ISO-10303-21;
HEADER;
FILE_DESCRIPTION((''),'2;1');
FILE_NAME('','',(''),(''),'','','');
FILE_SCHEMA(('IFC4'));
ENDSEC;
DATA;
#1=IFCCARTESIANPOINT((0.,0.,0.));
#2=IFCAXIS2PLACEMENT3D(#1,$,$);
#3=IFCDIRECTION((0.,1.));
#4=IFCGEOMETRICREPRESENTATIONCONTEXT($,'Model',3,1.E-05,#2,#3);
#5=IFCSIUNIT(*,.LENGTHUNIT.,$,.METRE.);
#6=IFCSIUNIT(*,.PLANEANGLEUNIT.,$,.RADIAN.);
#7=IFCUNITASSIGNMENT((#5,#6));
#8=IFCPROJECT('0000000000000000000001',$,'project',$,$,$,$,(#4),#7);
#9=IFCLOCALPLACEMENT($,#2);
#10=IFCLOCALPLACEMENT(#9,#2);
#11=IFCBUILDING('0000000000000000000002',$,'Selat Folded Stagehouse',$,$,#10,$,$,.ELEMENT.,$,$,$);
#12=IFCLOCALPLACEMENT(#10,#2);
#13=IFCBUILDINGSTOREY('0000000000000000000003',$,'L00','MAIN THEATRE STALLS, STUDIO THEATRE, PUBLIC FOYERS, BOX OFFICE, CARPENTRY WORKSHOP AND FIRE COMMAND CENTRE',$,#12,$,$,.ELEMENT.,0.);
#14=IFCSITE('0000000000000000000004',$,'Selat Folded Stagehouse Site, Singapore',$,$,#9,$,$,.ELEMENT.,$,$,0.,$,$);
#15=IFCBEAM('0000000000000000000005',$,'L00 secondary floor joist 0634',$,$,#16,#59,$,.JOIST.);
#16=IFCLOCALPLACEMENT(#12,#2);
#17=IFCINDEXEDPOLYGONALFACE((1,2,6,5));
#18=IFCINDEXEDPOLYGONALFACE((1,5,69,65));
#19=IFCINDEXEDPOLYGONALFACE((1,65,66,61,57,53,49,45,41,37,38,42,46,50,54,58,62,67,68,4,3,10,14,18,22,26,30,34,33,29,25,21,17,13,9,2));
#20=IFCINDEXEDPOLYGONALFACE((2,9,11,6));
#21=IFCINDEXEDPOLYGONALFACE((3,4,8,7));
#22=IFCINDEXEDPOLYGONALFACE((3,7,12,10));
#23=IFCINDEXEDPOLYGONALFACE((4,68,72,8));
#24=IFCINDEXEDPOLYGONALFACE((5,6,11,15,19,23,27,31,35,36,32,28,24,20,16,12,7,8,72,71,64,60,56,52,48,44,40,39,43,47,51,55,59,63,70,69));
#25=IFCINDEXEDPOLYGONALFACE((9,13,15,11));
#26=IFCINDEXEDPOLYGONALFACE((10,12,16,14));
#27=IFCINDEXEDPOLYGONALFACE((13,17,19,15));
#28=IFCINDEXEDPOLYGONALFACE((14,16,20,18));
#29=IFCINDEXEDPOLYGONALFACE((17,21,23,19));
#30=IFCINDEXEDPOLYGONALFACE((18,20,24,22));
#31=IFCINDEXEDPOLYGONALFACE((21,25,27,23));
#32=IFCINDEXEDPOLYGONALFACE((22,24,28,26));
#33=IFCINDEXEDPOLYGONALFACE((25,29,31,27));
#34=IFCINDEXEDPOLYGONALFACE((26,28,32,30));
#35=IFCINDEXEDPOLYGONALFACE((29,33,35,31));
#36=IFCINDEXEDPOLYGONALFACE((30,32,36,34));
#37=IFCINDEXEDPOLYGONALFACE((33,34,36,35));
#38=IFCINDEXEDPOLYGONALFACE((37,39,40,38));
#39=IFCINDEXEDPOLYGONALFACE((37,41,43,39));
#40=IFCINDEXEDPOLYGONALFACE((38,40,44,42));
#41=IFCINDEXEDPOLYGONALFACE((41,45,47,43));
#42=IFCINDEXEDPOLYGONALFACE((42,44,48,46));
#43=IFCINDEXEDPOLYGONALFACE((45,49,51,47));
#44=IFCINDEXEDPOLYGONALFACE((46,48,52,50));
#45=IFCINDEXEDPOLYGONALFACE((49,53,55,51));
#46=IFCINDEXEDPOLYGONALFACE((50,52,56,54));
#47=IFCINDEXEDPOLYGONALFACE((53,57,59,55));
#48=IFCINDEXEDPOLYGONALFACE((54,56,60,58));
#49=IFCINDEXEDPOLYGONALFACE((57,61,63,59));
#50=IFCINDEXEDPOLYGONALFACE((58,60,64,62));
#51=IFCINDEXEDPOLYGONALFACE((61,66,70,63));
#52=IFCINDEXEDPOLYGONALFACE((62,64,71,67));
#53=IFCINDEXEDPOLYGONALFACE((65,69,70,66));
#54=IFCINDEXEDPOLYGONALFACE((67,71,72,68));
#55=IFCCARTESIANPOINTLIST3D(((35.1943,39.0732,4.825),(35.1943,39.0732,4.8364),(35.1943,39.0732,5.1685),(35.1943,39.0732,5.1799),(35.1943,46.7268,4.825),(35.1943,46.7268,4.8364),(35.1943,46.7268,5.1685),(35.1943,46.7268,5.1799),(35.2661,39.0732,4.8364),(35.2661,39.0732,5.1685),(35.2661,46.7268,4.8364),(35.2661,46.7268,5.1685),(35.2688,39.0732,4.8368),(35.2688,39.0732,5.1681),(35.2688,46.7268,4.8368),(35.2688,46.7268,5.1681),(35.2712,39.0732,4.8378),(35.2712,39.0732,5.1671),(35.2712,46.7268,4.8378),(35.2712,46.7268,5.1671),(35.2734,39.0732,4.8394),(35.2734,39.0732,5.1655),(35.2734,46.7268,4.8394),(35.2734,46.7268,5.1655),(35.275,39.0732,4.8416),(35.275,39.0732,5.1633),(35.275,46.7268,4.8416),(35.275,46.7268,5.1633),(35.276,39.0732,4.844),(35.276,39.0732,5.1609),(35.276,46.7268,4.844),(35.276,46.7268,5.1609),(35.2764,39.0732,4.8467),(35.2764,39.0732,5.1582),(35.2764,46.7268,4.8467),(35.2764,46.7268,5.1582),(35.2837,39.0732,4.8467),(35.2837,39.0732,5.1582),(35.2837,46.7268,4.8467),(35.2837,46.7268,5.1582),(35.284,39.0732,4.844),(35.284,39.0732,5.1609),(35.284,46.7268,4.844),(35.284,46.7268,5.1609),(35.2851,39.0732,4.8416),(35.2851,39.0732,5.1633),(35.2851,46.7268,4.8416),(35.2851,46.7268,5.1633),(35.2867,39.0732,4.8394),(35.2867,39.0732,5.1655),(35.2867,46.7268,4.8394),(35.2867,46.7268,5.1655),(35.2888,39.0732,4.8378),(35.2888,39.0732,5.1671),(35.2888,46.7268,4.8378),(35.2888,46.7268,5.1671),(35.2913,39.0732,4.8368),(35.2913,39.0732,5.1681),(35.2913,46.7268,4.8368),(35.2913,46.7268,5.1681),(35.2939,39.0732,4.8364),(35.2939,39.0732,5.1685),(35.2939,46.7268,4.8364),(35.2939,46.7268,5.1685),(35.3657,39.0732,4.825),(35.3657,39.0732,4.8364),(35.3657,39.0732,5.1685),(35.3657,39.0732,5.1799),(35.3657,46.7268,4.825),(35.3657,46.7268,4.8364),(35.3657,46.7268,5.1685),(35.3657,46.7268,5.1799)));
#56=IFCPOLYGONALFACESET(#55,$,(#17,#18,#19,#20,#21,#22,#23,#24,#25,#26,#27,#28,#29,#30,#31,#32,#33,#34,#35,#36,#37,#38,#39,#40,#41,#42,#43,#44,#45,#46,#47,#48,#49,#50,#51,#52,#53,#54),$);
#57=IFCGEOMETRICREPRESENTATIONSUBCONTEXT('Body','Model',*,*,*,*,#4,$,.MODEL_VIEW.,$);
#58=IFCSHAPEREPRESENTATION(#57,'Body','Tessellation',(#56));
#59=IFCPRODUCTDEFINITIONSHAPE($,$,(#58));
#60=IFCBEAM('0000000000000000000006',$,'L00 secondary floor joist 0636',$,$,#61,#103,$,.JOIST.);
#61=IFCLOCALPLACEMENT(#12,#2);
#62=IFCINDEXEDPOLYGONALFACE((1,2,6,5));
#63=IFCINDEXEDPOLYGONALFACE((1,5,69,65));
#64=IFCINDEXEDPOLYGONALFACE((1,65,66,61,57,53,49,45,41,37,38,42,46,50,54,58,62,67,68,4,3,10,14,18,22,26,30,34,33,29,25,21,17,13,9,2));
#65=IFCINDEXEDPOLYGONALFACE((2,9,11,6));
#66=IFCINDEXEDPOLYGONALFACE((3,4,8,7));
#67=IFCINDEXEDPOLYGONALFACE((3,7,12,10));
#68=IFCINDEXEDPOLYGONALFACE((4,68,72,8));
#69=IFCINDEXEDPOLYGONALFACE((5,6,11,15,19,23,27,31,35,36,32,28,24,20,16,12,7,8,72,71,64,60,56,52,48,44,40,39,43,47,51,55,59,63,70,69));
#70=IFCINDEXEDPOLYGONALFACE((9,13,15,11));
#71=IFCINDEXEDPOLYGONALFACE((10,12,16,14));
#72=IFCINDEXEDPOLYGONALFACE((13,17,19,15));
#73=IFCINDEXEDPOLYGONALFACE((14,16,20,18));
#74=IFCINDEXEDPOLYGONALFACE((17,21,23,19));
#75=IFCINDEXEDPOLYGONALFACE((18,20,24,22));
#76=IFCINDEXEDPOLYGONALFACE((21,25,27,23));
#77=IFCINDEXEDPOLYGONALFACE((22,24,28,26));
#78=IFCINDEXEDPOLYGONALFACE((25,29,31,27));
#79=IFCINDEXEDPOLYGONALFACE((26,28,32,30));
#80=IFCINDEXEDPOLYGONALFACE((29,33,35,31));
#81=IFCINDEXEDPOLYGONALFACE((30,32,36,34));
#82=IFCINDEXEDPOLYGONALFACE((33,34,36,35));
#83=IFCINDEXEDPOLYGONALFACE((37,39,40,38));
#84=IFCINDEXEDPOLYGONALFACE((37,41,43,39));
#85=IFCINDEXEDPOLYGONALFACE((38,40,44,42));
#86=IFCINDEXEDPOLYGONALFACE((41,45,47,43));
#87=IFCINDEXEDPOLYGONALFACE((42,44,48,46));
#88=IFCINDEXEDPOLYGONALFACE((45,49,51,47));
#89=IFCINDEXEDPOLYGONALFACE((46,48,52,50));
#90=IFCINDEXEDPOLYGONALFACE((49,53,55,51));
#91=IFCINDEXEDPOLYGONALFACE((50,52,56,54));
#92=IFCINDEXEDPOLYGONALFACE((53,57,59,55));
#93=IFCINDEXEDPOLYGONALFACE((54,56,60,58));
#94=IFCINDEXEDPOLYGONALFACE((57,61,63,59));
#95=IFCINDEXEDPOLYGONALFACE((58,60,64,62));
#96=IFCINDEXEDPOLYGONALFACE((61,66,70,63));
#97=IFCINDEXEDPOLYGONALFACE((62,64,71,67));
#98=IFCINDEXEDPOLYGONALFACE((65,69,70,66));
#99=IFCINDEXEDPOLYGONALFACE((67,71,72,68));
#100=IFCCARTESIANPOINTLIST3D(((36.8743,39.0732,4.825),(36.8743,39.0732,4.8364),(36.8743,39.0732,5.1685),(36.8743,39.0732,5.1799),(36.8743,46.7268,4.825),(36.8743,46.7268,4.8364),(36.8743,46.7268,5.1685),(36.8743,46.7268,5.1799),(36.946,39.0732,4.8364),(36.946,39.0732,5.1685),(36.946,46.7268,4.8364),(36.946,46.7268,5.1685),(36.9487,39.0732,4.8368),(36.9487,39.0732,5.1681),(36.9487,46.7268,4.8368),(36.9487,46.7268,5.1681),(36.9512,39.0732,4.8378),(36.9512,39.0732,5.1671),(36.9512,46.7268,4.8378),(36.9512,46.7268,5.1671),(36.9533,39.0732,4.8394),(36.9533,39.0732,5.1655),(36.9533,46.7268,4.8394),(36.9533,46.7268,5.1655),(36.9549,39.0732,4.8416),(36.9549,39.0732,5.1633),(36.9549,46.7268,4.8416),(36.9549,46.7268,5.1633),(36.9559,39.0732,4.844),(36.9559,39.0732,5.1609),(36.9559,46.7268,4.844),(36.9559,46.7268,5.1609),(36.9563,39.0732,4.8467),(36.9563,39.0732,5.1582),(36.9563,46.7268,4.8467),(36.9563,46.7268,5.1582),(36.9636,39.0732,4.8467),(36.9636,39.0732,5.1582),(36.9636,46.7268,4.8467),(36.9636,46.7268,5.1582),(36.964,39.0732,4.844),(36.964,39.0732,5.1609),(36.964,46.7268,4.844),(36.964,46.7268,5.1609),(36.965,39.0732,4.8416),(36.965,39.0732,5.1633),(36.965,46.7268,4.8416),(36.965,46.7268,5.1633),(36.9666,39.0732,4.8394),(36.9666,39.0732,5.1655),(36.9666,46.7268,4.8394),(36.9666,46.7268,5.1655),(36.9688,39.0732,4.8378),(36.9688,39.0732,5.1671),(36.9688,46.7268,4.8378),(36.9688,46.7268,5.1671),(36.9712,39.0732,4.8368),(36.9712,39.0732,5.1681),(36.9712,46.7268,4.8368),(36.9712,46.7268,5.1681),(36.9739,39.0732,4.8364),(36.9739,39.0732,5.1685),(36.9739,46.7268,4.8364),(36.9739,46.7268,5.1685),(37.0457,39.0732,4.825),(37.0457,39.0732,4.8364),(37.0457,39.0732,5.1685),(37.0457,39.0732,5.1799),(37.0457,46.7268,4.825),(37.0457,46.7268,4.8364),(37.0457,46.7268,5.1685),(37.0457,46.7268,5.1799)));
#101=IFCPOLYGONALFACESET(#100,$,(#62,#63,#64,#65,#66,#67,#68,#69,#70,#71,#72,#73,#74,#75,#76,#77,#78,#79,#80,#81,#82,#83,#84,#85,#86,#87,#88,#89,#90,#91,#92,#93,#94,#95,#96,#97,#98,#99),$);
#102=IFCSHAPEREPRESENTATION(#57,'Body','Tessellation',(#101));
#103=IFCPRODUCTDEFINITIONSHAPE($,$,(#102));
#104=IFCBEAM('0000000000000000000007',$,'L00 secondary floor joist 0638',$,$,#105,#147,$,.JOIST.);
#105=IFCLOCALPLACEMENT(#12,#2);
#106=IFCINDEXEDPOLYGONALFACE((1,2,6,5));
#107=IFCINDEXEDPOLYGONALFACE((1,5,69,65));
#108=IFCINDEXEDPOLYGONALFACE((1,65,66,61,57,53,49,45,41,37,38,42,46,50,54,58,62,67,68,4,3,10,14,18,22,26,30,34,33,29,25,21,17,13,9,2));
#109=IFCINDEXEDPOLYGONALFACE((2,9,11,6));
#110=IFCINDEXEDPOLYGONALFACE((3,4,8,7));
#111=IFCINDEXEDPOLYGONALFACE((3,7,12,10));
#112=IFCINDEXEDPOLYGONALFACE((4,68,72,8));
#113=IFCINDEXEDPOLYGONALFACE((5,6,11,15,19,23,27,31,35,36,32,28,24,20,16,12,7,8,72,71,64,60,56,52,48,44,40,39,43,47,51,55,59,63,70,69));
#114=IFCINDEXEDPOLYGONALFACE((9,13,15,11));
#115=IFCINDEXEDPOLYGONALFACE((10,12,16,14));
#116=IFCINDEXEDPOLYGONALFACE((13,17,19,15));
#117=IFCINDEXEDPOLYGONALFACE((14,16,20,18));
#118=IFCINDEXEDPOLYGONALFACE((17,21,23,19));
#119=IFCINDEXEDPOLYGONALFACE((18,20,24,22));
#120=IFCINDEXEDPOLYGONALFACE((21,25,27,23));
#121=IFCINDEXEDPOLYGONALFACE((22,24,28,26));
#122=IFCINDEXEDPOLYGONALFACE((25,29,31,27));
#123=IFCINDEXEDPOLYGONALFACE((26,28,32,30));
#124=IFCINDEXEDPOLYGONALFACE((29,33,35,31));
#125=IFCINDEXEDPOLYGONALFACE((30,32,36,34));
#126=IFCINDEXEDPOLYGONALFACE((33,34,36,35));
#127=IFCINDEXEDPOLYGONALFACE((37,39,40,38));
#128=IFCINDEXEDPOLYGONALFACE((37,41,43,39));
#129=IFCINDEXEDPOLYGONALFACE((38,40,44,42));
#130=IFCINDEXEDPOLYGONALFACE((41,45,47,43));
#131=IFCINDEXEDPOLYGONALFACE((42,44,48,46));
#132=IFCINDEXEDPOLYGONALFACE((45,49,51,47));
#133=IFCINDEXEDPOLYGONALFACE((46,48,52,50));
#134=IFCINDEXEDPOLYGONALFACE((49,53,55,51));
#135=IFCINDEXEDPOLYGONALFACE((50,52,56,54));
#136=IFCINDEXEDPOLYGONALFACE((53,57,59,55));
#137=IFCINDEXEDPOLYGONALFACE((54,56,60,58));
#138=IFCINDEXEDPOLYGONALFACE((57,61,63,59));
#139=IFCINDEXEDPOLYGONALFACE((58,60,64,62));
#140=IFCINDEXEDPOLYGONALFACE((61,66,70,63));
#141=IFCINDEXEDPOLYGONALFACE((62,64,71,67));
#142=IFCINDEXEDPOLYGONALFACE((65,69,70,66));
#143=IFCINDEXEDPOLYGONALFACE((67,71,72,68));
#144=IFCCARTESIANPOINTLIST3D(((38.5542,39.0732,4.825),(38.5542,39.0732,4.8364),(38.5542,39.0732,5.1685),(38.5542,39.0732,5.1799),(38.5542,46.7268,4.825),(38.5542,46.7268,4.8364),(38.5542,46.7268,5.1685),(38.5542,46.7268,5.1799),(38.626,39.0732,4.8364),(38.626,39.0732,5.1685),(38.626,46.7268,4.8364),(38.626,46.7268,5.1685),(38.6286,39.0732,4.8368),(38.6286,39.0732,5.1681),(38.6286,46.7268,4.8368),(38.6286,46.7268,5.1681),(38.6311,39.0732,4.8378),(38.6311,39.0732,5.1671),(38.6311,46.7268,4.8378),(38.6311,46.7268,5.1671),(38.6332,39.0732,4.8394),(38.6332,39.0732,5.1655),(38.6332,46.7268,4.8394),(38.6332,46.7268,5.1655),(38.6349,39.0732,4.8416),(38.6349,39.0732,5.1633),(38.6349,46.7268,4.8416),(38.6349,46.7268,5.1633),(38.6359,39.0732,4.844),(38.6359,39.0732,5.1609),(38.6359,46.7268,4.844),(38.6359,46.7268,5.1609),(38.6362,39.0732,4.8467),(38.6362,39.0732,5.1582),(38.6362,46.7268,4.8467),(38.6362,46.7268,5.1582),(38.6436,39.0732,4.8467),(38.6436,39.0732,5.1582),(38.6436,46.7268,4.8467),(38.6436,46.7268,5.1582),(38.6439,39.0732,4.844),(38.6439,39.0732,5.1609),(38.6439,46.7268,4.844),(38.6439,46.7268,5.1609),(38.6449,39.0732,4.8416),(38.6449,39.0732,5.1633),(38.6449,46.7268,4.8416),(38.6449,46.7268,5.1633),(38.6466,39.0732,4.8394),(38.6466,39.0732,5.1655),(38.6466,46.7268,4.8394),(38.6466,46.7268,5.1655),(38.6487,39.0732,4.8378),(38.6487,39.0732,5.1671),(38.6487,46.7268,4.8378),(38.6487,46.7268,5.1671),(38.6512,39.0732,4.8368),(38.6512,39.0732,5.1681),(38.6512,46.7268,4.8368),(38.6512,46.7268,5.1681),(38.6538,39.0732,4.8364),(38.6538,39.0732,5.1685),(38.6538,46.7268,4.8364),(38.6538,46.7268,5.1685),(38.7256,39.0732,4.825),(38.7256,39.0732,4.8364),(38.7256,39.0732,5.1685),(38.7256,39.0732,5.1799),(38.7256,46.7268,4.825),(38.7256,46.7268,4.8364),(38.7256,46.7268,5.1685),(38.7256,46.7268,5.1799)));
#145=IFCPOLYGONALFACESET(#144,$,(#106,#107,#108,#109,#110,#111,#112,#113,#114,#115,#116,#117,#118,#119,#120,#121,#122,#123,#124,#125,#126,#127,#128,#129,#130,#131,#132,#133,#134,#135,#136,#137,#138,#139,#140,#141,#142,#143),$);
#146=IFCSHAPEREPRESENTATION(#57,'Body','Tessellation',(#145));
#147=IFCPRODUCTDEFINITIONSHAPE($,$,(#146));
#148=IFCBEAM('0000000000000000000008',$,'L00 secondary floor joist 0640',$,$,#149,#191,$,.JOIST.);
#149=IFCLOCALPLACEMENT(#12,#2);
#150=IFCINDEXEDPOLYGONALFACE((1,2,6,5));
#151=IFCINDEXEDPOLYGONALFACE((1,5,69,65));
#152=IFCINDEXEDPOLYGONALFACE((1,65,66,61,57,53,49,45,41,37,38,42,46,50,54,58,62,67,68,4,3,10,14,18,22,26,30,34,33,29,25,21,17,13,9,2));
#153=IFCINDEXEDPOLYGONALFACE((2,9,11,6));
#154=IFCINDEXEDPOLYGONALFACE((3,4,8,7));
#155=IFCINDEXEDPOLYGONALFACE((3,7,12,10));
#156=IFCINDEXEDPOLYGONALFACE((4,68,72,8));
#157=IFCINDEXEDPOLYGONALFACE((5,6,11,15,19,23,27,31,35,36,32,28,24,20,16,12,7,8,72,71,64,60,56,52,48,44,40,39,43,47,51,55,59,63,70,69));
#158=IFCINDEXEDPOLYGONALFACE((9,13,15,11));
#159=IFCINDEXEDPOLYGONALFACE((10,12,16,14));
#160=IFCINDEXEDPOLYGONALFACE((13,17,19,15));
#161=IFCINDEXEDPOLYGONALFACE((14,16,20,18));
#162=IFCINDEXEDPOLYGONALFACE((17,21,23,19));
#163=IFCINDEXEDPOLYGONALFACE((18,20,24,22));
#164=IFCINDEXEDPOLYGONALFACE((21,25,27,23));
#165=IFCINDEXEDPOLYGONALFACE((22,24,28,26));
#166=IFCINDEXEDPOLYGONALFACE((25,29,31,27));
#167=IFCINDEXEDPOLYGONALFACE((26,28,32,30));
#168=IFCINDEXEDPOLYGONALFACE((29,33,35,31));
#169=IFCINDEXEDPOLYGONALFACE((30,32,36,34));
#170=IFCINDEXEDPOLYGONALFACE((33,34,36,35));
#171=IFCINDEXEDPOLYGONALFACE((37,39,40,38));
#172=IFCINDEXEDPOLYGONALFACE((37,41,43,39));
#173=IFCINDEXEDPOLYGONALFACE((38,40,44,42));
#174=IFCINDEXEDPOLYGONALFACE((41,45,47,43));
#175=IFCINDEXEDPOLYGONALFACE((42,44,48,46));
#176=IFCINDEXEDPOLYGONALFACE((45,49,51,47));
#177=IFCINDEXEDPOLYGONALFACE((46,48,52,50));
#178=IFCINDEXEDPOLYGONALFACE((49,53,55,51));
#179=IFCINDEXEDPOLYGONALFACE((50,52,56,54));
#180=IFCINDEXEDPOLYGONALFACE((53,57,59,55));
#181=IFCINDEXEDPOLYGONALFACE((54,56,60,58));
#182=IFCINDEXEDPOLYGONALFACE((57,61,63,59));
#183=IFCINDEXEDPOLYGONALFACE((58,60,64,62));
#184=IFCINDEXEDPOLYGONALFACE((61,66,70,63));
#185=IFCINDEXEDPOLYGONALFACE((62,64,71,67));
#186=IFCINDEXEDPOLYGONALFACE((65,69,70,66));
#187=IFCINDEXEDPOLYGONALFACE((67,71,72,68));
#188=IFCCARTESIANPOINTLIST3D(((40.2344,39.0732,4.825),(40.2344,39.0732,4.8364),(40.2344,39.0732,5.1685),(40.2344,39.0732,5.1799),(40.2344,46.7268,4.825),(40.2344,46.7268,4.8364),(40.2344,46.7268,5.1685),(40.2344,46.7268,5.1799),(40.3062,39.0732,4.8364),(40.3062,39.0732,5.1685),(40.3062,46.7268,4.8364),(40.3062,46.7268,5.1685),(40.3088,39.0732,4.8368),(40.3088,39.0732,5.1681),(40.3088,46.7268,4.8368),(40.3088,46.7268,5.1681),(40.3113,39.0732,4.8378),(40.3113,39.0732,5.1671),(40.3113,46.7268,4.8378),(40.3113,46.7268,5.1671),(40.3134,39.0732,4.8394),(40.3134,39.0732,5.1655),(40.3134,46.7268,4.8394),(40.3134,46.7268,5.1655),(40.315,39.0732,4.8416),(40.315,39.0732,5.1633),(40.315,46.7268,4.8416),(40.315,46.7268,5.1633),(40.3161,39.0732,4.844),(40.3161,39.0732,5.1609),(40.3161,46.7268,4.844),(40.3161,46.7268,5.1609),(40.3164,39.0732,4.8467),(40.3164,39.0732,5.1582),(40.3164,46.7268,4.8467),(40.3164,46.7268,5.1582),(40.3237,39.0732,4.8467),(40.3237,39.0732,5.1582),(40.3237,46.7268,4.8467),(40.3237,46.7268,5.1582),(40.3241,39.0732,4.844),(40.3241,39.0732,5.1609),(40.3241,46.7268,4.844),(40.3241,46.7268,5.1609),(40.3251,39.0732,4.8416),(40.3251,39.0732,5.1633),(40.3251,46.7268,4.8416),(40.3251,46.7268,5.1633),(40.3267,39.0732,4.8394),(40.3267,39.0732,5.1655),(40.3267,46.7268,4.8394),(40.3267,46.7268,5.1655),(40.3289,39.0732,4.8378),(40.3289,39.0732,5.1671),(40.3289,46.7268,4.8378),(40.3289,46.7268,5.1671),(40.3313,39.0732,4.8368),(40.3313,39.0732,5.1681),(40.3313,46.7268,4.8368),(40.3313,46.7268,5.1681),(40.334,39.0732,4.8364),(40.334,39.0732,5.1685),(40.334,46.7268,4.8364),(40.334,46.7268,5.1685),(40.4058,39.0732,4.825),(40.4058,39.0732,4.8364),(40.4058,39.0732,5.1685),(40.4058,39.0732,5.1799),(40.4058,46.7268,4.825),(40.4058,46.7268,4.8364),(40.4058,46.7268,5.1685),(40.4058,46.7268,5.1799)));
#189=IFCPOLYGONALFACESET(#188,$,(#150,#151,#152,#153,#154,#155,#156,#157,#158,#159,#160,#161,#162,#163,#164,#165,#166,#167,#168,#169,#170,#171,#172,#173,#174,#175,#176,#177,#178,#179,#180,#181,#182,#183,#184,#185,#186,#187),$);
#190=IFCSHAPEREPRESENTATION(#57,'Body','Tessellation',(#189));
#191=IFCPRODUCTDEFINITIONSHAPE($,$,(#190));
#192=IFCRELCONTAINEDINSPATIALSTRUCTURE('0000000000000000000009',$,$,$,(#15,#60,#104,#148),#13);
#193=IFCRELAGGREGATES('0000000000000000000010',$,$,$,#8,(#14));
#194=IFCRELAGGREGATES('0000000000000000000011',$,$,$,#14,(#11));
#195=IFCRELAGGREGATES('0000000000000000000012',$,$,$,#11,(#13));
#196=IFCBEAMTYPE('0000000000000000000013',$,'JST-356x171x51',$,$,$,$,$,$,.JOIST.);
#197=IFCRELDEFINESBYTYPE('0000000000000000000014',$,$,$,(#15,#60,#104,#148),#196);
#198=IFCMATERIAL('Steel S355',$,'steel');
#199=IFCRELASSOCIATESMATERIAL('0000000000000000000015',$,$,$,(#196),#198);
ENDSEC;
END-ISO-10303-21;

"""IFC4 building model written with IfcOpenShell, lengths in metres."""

from ifc_helpers import new_model, si_unit, direction, frame, origin, origin_2d, place, context, subcontext, project, spatial, i_section, extrude, material, material_profile, profile_set, type_object, element, save


model = new_model("IFC4")

# Units and contexts
model_context = context("Model", 3, precision=1e-05, world=origin(), true_north=direction((0.0, 1.0)))
body_context = subcontext(model_context, "Body", "Model", "MODEL_VIEW")
ifc_project = project(units=[si_unit("LENGTHUNIT", "METRE"), si_unit("PLANEANGLEUNIT", "RADIAN")], contexts=[model_context])

# Site, building, storey
site_placement = place(None, origin())
site = spatial("IfcSite", under=ifc_project, at=site_placement, Name="Selat Folded Stagehouse Site, Singapore", CompositionType="ELEMENT", RefElevation=0.0)
building_placement = place(site_placement, origin())
building = spatial("IfcBuilding", under=site, at=building_placement, Name="Selat Folded Stagehouse", CompositionType="ELEMENT")
storey_placement = place(building_placement, origin())
storey = spatial("IfcBuildingStorey", under=building, at=storey_placement, Name="L00", Description="MAIN THEATRE STALLS, STUDIO THEATRE, PUBLIC FOYERS, BOX OFFICE, CARPENTRY WORKSHOP AND FIRE COMMAND CENTRE", CompositionType="ELEMENT", Elevation=0.0)

# Shared definitions
ifc_material_1 = material(Name="Steel S355", Category="steel")

# Beams
ifc_material_profile_1 = material_profile(ifc_material_1, i_section(OverallWidth=0.1714, OverallDepth=0.355, WebThickness=0.0073, FlangeThickness=0.0115, FilletRadius=0.0103, at=origin_2d()), Name="UKB 356x171x51")
ifc_profile_set_1 = profile_set([ifc_material_profile_1], Name="Steel S355")
beam_type_1 = type_object("IfcBeamType", Name="JST-356x171x51", PredefinedType="JOIST", material=ifc_profile_set_1)
for number, where, z_axis, x_axis, name in (
    (1, (35.28, 39.0732, 5.0024), (0.0, 1.0, 0.0), (-1.0, 0.0, 0.0), "L00 secondary floor joist 0634"),
    (2, (36.96, 39.0732, 5.0024), (0.0, 1.0, 0.0), (-1.0, 0.0, 0.0), "L00 secondary floor joist 0636"),
    (3, (38.6399, 39.0732, 5.0024), (0.0, 1.0, 0.0), (-1.0, 0.0, 0.0), "L00 secondary floor joist 0638"),
    (4, (40.3201, 39.0732, 5.0024), (0.0, 1.0, 0.0), (-1.0, 0.0, 0.0), "L00 secondary floor joist 0640"),
):
    element("IfcBeam", number, at=place(storey_placement, frame(where, z_axis=z_axis, x_axis=x_axis)), inside=storey, type_object=beam_type_1, Name=name, PredefinedType="JOIST", context=body_context, shape_type="SweptSolid", body=[
        extrude(i_section(OverallWidth=0.1714, OverallDepth=0.355, WebThickness=0.0073, FlangeThickness=0.0115, FilletRadius=0.0103, at=origin_2d()), origin(), (0.0, 0.0, 1.0), 7.6536),
    ])

save(model, "model.ifc")
